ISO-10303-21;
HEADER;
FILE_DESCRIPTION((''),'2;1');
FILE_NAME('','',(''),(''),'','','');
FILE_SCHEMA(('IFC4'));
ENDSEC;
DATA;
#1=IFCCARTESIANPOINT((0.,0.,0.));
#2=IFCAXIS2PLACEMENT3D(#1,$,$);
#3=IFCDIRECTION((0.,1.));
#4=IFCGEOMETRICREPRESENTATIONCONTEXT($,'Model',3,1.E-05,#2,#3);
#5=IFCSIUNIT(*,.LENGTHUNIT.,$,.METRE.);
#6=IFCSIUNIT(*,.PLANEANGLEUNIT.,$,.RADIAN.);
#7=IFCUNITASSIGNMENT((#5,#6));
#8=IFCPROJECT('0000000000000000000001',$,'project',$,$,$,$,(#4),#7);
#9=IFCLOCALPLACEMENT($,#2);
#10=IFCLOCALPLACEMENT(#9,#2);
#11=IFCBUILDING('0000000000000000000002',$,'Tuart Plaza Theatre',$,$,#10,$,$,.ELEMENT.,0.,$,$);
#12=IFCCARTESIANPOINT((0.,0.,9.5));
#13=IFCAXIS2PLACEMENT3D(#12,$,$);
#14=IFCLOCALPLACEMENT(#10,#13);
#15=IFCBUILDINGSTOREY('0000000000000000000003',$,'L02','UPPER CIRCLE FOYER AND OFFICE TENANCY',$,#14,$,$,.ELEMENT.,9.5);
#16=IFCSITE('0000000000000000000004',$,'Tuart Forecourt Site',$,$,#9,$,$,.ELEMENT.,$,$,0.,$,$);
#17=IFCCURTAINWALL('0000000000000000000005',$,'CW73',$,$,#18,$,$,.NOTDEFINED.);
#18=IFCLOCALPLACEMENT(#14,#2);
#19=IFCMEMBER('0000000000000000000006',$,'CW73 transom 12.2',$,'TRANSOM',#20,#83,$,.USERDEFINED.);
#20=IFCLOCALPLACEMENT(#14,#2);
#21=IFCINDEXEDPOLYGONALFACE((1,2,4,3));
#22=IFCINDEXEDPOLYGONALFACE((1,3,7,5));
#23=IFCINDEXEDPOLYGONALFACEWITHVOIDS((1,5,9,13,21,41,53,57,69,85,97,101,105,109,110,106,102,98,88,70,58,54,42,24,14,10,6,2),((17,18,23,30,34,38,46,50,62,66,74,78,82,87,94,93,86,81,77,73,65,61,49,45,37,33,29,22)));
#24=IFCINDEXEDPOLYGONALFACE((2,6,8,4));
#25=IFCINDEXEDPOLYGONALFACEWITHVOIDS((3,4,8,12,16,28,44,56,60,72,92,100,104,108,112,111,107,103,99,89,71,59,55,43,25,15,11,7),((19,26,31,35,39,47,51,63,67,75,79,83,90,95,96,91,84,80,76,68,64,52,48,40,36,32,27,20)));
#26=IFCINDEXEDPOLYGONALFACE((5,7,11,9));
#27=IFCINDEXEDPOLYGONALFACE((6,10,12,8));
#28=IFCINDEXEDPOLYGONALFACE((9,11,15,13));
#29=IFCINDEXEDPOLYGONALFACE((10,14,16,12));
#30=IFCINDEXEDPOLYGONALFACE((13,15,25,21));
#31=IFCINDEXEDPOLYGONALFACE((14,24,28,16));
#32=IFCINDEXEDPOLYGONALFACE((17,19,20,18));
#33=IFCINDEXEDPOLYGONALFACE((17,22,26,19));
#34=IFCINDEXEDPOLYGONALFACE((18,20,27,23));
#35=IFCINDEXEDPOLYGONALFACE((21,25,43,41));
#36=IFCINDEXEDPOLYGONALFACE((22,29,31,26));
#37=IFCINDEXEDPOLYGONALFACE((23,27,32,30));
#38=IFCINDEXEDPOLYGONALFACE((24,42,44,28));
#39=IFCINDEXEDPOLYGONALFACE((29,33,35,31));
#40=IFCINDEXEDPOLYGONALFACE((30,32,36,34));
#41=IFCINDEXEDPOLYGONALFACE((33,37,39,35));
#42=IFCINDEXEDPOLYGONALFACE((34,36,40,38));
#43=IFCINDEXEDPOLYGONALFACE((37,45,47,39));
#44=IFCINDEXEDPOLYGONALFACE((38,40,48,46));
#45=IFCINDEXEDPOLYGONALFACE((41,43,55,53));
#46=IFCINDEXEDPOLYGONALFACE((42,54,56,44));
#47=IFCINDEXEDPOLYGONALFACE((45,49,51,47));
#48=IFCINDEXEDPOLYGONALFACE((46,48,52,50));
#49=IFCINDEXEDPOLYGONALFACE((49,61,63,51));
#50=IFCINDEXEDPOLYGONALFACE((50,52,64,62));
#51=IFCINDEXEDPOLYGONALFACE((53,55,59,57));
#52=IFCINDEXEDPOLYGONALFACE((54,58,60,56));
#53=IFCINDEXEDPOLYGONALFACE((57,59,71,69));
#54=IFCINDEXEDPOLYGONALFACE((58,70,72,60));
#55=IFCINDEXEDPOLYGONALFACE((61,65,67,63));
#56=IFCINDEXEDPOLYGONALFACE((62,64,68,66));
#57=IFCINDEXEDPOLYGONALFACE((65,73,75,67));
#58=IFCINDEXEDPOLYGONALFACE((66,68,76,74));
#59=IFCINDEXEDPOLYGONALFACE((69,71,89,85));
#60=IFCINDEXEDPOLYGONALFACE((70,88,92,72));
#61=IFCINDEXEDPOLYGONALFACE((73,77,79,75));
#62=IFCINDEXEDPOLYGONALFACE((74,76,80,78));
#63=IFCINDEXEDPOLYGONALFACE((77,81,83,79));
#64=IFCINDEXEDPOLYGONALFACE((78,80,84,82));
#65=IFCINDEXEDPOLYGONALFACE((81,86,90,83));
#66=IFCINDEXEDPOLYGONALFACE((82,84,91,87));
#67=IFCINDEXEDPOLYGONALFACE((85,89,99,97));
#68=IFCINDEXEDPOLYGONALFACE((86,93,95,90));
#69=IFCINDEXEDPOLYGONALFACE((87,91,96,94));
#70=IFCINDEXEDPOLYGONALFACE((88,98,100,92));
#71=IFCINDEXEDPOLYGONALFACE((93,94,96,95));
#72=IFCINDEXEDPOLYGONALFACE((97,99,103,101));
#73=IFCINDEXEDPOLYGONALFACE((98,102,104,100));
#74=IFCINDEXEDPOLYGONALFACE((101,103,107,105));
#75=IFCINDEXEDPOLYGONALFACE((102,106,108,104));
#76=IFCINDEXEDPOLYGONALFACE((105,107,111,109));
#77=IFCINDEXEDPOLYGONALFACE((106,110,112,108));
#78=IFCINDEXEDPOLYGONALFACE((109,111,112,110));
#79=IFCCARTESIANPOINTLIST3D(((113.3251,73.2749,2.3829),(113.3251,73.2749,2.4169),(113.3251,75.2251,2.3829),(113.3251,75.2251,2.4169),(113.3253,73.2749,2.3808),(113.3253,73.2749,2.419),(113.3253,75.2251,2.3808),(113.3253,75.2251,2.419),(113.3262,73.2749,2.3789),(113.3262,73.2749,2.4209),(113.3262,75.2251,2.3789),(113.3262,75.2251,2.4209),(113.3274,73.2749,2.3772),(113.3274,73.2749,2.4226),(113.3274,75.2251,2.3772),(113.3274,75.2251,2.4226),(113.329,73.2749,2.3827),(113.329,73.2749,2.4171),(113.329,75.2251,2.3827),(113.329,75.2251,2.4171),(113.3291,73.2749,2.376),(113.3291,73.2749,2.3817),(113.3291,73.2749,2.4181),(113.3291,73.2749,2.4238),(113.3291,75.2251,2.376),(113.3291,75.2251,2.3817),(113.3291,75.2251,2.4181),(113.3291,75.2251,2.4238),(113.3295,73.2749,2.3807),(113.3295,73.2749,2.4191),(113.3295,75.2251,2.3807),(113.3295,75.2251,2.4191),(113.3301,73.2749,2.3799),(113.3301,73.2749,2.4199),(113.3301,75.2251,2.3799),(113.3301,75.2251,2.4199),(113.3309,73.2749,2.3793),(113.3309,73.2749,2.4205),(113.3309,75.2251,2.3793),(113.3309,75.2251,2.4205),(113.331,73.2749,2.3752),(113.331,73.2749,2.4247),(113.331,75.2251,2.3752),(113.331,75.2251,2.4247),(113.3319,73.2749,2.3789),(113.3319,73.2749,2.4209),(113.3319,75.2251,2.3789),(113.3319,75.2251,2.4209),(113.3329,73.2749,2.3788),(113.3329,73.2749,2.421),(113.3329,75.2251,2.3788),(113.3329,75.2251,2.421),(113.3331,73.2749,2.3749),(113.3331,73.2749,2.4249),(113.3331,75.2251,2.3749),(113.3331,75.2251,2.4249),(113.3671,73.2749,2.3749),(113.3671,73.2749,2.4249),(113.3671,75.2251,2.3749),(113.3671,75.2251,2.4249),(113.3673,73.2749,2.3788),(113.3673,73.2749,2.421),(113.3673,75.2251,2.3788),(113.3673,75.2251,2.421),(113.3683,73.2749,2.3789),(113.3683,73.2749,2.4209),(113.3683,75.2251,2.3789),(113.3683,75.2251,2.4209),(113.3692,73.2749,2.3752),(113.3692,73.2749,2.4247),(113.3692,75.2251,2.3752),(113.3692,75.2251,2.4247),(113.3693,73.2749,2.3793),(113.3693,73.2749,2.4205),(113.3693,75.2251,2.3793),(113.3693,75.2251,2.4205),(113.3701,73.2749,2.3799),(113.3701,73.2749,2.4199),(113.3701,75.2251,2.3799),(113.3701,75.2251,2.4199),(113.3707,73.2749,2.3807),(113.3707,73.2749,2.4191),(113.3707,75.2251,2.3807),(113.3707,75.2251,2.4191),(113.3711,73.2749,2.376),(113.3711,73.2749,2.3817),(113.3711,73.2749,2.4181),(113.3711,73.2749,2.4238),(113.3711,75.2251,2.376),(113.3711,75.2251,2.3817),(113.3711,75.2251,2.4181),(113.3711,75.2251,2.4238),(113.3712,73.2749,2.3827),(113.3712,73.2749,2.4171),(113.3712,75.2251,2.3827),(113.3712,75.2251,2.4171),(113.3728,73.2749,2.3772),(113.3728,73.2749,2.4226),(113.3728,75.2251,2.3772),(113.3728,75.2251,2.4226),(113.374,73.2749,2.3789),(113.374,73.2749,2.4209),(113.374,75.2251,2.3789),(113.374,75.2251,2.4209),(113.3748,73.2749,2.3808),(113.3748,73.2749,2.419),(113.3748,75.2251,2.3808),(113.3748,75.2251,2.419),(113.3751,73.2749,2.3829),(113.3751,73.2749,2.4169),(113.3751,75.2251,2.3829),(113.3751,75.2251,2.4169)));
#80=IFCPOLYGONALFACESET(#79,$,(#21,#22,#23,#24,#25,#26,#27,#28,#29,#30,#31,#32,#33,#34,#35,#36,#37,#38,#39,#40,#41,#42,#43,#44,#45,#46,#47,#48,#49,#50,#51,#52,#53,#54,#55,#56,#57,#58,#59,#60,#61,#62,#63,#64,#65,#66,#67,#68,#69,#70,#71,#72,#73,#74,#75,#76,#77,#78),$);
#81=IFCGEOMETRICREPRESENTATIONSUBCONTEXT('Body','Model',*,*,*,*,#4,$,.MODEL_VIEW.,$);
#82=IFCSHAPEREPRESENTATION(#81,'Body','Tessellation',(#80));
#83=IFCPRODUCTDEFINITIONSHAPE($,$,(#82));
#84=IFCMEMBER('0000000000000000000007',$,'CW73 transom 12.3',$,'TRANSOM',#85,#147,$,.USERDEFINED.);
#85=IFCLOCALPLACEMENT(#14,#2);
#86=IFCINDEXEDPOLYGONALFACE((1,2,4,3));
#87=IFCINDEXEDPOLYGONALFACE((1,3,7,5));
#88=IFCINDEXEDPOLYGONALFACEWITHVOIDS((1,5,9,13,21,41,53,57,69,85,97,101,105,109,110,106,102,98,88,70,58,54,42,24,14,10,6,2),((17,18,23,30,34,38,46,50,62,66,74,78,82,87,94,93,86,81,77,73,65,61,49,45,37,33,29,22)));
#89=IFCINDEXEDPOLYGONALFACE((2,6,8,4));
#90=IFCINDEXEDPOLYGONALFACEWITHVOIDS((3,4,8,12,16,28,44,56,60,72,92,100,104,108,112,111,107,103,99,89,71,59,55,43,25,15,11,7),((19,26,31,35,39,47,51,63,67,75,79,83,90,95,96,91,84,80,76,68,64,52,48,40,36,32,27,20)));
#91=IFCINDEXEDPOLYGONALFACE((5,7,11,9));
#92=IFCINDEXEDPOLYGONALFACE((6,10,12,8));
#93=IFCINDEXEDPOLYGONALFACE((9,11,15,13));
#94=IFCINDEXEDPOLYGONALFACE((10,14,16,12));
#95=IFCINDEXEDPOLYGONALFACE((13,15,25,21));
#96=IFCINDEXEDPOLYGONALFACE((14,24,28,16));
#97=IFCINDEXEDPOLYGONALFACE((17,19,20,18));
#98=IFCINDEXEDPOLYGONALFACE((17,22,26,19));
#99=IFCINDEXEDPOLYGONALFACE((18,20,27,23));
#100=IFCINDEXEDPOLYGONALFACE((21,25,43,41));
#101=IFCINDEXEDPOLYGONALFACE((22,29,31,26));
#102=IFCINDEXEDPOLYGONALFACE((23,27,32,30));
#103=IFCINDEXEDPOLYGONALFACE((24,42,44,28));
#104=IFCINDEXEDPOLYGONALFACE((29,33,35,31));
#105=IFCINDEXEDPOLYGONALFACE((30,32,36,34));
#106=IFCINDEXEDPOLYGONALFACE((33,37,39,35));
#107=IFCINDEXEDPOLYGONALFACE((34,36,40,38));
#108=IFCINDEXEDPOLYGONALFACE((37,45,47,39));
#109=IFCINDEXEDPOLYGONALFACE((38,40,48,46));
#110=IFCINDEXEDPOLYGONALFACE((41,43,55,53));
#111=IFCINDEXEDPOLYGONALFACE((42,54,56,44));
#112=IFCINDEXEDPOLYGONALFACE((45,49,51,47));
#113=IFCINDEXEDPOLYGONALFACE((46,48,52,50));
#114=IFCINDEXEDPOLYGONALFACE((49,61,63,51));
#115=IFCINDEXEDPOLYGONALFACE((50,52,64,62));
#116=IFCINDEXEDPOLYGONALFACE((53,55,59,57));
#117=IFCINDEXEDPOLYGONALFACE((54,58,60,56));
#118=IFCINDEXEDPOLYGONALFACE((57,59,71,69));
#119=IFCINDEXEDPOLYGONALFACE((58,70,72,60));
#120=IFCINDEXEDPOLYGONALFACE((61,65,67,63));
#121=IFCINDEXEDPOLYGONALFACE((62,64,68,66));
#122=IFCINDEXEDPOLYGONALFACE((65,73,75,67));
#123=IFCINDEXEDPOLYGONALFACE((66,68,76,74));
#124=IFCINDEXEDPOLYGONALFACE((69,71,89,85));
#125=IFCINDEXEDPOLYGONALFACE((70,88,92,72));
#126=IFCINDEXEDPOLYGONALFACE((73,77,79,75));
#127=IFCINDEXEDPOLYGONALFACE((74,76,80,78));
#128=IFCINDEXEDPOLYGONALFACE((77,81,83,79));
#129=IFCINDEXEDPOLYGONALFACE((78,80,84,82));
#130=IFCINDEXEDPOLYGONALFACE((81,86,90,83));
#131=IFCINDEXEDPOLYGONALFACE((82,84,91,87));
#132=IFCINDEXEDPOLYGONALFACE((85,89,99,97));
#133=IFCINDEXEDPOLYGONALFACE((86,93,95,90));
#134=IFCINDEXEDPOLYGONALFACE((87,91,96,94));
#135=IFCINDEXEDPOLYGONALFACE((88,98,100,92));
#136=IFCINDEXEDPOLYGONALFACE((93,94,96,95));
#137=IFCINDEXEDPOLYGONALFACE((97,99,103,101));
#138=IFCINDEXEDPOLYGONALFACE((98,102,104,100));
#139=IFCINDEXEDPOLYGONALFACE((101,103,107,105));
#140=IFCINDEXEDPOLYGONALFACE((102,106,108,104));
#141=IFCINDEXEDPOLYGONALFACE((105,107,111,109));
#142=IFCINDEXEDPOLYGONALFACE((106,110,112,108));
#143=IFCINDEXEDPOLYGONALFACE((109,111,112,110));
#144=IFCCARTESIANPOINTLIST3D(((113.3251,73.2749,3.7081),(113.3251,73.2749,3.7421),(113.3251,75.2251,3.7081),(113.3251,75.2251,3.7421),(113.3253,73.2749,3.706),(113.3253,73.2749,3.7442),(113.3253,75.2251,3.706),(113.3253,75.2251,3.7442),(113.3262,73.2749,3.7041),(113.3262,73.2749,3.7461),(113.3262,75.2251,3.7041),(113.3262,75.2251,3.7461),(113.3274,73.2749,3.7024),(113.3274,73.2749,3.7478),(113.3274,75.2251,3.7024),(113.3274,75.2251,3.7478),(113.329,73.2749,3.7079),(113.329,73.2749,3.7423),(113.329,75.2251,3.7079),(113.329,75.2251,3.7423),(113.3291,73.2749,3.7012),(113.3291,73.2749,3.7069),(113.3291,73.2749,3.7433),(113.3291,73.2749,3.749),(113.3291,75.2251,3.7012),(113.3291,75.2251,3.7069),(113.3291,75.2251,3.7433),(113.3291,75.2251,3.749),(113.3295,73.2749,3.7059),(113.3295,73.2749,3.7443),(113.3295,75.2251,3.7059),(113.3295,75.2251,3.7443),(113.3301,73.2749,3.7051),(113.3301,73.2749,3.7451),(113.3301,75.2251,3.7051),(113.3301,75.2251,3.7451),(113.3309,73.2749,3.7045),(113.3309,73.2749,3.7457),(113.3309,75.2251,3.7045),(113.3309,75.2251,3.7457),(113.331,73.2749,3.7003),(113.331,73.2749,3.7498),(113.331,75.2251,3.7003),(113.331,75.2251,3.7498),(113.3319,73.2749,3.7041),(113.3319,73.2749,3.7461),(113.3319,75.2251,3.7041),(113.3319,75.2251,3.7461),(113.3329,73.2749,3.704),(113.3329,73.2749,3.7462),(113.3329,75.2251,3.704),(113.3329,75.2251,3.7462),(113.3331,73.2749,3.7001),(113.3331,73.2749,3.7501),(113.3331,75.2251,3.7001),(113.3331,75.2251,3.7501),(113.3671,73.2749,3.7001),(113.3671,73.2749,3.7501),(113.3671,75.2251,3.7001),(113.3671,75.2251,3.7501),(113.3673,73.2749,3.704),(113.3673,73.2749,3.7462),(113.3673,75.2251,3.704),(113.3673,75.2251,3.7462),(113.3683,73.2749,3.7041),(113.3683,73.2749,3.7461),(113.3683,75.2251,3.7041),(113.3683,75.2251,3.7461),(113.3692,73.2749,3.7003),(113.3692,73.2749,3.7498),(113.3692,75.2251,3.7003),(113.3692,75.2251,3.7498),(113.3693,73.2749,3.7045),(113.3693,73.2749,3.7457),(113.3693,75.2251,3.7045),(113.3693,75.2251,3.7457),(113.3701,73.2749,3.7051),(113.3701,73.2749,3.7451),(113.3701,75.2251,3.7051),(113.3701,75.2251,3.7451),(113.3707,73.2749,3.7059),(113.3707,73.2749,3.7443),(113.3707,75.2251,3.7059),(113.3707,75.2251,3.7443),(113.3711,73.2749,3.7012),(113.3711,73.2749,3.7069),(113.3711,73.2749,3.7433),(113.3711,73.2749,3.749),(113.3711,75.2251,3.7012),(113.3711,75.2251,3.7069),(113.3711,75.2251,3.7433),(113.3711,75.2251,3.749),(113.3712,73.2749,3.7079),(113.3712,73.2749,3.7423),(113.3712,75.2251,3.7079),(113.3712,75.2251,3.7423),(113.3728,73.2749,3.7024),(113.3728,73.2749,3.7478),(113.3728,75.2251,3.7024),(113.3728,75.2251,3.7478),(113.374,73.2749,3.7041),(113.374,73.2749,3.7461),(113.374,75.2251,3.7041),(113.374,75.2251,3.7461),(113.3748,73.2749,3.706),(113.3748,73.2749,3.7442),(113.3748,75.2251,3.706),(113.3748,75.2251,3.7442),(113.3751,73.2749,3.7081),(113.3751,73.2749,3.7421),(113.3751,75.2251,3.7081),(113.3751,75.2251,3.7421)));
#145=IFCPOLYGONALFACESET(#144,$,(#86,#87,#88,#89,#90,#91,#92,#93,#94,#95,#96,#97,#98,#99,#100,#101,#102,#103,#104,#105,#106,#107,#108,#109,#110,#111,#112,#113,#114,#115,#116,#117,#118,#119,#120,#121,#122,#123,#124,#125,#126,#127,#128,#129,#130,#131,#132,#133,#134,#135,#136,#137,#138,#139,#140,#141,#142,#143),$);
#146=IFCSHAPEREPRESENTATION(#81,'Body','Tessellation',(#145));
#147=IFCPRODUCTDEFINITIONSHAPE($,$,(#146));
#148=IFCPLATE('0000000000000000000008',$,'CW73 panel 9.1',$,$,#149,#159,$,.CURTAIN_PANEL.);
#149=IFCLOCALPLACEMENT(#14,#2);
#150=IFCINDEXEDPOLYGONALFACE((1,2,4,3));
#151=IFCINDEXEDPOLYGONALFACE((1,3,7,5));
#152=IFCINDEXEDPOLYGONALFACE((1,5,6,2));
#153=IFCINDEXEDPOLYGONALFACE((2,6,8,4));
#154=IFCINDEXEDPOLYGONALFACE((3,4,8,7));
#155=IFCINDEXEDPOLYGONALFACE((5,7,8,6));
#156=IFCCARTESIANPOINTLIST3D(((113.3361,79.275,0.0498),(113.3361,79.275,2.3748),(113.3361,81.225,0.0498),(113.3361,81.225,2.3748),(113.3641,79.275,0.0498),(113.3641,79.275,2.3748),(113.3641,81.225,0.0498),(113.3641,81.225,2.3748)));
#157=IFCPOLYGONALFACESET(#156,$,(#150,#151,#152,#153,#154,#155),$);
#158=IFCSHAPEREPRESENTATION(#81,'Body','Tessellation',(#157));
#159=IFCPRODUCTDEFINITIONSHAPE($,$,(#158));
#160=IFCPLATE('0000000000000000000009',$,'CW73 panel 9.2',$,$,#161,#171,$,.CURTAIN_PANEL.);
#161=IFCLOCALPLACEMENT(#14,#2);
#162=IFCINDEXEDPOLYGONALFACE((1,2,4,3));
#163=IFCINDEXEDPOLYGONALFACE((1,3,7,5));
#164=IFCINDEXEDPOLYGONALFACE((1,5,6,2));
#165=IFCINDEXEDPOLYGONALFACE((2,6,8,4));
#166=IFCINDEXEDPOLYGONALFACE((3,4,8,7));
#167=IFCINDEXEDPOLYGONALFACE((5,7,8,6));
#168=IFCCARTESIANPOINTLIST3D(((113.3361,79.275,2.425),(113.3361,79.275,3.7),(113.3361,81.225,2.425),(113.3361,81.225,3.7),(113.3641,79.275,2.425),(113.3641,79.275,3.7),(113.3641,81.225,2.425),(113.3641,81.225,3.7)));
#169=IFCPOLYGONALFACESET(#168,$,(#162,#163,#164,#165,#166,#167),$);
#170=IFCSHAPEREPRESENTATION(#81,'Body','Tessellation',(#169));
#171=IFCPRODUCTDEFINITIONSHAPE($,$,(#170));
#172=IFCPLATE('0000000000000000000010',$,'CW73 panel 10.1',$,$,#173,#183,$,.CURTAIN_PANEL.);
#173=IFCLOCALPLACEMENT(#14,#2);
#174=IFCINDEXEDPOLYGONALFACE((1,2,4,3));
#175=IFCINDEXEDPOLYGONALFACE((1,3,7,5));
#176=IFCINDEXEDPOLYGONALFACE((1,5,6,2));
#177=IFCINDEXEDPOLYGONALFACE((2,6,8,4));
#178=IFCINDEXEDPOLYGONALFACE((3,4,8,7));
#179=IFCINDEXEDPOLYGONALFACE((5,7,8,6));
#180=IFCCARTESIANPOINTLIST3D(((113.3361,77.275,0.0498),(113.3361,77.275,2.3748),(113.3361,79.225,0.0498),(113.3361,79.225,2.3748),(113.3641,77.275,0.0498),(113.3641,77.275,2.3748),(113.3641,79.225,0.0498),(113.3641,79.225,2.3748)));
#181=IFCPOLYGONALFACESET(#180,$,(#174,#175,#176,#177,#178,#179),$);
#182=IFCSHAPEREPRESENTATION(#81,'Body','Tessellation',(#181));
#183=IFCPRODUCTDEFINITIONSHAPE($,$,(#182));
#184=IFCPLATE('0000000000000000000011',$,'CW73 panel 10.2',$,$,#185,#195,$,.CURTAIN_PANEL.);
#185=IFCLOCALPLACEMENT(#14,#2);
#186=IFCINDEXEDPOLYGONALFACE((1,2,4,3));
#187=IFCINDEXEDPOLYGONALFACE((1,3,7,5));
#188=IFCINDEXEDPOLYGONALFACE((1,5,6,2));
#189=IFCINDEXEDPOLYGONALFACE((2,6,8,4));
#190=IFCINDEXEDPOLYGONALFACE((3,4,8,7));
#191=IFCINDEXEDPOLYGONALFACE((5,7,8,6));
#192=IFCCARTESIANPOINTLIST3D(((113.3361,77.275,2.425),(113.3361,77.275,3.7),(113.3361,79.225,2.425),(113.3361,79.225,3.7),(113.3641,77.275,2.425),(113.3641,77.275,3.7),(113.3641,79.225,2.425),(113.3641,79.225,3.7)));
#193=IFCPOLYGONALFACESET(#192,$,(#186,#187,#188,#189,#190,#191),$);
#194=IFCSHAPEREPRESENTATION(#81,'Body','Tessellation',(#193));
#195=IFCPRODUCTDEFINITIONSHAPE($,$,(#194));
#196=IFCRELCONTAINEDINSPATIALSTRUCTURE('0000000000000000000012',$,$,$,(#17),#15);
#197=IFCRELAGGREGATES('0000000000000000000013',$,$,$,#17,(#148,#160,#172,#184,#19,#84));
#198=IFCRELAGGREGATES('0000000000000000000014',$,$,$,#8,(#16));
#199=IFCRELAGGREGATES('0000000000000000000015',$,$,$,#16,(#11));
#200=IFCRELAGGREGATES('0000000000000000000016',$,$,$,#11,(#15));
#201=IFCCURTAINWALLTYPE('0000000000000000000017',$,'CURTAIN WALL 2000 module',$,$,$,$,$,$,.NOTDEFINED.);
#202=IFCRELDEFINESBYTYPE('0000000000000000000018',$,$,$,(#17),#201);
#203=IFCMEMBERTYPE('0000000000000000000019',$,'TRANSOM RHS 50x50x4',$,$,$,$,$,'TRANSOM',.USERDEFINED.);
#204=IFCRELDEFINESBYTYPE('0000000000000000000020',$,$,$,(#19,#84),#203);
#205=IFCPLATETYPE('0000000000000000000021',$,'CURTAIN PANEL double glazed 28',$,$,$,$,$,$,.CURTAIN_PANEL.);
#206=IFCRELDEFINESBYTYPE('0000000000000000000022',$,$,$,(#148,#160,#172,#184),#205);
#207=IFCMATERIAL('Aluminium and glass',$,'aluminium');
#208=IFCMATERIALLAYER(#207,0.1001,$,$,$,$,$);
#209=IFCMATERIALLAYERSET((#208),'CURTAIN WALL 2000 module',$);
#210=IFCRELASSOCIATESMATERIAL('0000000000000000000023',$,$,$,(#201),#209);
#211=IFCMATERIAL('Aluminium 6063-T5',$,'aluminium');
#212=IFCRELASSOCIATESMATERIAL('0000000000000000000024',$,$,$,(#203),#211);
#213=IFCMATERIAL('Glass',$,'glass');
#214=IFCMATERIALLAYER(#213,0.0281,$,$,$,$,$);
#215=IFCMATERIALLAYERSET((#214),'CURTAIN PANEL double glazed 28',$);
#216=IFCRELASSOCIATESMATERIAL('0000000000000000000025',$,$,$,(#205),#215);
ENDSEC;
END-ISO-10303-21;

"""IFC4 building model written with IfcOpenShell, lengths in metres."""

from ifc_helpers import new_model, si_unit, direction, frame, origin, origin_2d, place, context, subcontext, project, spatial, rectangle, hollow_rectangle, extrude, material, layer, layer_set, material_profile, profile_set, type_object, element, aggregate, save


model = new_model("IFC4")

# Units and contexts
model_context = context("Model", 3, precision=1e-05, world=origin(), true_north=direction((0.0, 1.0)))
body_context = subcontext(model_context, "Body", "Model", "MODEL_VIEW")
ifc_project = project(units=[si_unit("LENGTHUNIT", "METRE"), si_unit("PLANEANGLEUNIT", "RADIAN")], contexts=[model_context])

# Site, building, storey
site_placement = place(None, origin())
site = spatial("IfcSite", under=ifc_project, at=site_placement, Name="Tuart Forecourt Site", CompositionType="ELEMENT", RefElevation=0.0)
building_placement = place(site_placement, origin())
building = spatial("IfcBuilding", under=site, at=building_placement, Name="Tuart Plaza Theatre", CompositionType="ELEMENT", ElevationOfRefHeight=0.0)
storey_placement = place(building_placement, frame((0.0, 0.0, 9.5)))
storey = spatial("IfcBuildingStorey", under=building, at=storey_placement, Name="L02", Description="UPPER CIRCLE FOYER AND OFFICE TENANCY", CompositionType="ELEMENT", Elevation=9.5)

# Curtain wall, members, plates
ifc_material_1 = material(Name="Aluminium and glass", Category="aluminium")
ifc_layer_1 = layer(ifc_material_1, 0.1001)
ifc_layer_set_1 = layer_set([ifc_layer_1], Name="CURTAIN WALL 2000 module")
curtain_wall_type = type_object("IfcCurtainWallType", Name="CURTAIN WALL 2000 module", PredefinedType="NOTDEFINED", material=ifc_layer_set_1)
curtain_wall_placement = place(storey_placement, origin())
curtain_wall = element("IfcCurtainWall", 1, at=curtain_wall_placement, inside=storey, type_object=curtain_wall_type, Name="CW73", PredefinedType="NOTDEFINED")
ifc_material_2 = material(Name="Aluminium 6063-T5", Category="aluminium")
ifc_material_profile_1 = material_profile(ifc_material_2, hollow_rectangle(XDim=0.05, YDim=0.05, WallThickness=0.0039, InnerFilletRadius=0.0039, OuterFilletRadius=0.0081, at=origin_2d()), Name="RHS 50x50x4")
ifc_profile_set_1 = profile_set([ifc_material_profile_1], Name="Aluminium 6063-T5")
member_type_1 = type_object("IfcMemberType", Name="TRANSOM RHS 50x50x4", ElementType="TRANSOM", PredefinedType="USERDEFINED", material=ifc_profile_set_1)
member_1_placement = place(storey_placement, frame((113.3501, 75.2251, 2.3999), z_axis=(0.0, -1.0, 0.0), x_axis=(1.0, 0.0, 0.0)))
member_1 = element("IfcMember", 2, at=member_1_placement, type_object=member_type_1, Name="CW73 transom 12.2", ObjectType="TRANSOM", PredefinedType="USERDEFINED", context=body_context, shape_type="SweptSolid", body=[
    extrude(hollow_rectangle(XDim=0.05, YDim=0.05, WallThickness=0.0039, InnerFilletRadius=0.0039, OuterFilletRadius=0.0081, at=origin_2d()), origin(), (0.0, 0.0, 1.0), 1.9502),
])
member_2_placement = place(storey_placement, frame((113.3501, 75.2251, 3.7251), z_axis=(0.0, -1.0, 0.0), x_axis=(1.0, 0.0, 0.0)))
member_2 = element("IfcMember", 3, at=member_2_placement, type_object=member_type_1, Name="CW73 transom 12.3", ObjectType="TRANSOM", PredefinedType="USERDEFINED", context=body_context, shape_type="SweptSolid", body=[
    extrude(hollow_rectangle(XDim=0.05, YDim=0.05, WallThickness=0.0039, InnerFilletRadius=0.0039, OuterFilletRadius=0.0081, at=origin_2d()), origin(), (0.0, 0.0, 1.0), 1.9502),
])
ifc_material_3 = material(Name="Glass", Category="glass")
ifc_layer_2 = layer(ifc_material_3, 0.0281)
ifc_layer_set_2 = layer_set([ifc_layer_2], Name="CURTAIN PANEL double glazed 28")
plate_type = type_object("IfcPlateType", Name="CURTAIN PANEL double glazed 28", PredefinedType="CURTAIN_PANEL", material=ifc_layer_set_2)
plate_1_placement = place(storey_placement, frame((113.3501, 80.25, 0.0498), z_axis=(0.0, 0.0, 1.0), x_axis=(0.0, -1.0, 0.0)))
plate_1 = element("IfcPlate", 4, at=plate_1_placement, type_object=plate_type, Name="CW73 panel 9.1", PredefinedType="CURTAIN_PANEL", context=body_context, shape_type="SweptSolid", body=[
    extrude(rectangle(XDim=1.95, YDim=0.0281, at=origin_2d()), origin(), (0.0, 0.0, 1.0), 2.325),
])
plate_2_placement = place(storey_placement, frame((113.3501, 80.25, 2.425), z_axis=(0.0, 0.0, 1.0), x_axis=(0.0, -1.0, 0.0)))
plate_2 = element("IfcPlate", 5, at=plate_2_placement, type_object=plate_type, Name="CW73 panel 9.2", PredefinedType="CURTAIN_PANEL", context=body_context, shape_type="SweptSolid", body=[
    extrude(rectangle(XDim=1.95, YDim=0.0281, at=origin_2d()), origin(), (0.0, 0.0, 1.0), 1.2749),
])
plate_3_placement = place(storey_placement, frame((113.3501, 78.25, 0.0498), z_axis=(0.0, 0.0, 1.0), x_axis=(0.0, -1.0, 0.0)))
plate_3 = element("IfcPlate", 6, at=plate_3_placement, type_object=plate_type, Name="CW73 panel 10.1", PredefinedType="CURTAIN_PANEL", context=body_context, shape_type="SweptSolid", body=[
    extrude(rectangle(XDim=1.95, YDim=0.0281, at=origin_2d()), origin(), (0.0, 0.0, 1.0), 2.325),
])
plate_4_placement = place(storey_placement, frame((113.3501, 78.25, 2.425), z_axis=(0.0, 0.0, 1.0), x_axis=(0.0, -1.0, 0.0)))
plate_4 = element("IfcPlate", 7, at=plate_4_placement, type_object=plate_type, Name="CW73 panel 10.2", PredefinedType="CURTAIN_PANEL", context=body_context, shape_type="SweptSolid", body=[
    extrude(rectangle(XDim=1.95, YDim=0.0281, at=origin_2d()), origin(), (0.0, 0.0, 1.0), 1.2749),
])
aggregate(curtain_wall, [plate_1, plate_2, plate_3, plate_4, member_1, member_2])

save(model, "model.ifc")
